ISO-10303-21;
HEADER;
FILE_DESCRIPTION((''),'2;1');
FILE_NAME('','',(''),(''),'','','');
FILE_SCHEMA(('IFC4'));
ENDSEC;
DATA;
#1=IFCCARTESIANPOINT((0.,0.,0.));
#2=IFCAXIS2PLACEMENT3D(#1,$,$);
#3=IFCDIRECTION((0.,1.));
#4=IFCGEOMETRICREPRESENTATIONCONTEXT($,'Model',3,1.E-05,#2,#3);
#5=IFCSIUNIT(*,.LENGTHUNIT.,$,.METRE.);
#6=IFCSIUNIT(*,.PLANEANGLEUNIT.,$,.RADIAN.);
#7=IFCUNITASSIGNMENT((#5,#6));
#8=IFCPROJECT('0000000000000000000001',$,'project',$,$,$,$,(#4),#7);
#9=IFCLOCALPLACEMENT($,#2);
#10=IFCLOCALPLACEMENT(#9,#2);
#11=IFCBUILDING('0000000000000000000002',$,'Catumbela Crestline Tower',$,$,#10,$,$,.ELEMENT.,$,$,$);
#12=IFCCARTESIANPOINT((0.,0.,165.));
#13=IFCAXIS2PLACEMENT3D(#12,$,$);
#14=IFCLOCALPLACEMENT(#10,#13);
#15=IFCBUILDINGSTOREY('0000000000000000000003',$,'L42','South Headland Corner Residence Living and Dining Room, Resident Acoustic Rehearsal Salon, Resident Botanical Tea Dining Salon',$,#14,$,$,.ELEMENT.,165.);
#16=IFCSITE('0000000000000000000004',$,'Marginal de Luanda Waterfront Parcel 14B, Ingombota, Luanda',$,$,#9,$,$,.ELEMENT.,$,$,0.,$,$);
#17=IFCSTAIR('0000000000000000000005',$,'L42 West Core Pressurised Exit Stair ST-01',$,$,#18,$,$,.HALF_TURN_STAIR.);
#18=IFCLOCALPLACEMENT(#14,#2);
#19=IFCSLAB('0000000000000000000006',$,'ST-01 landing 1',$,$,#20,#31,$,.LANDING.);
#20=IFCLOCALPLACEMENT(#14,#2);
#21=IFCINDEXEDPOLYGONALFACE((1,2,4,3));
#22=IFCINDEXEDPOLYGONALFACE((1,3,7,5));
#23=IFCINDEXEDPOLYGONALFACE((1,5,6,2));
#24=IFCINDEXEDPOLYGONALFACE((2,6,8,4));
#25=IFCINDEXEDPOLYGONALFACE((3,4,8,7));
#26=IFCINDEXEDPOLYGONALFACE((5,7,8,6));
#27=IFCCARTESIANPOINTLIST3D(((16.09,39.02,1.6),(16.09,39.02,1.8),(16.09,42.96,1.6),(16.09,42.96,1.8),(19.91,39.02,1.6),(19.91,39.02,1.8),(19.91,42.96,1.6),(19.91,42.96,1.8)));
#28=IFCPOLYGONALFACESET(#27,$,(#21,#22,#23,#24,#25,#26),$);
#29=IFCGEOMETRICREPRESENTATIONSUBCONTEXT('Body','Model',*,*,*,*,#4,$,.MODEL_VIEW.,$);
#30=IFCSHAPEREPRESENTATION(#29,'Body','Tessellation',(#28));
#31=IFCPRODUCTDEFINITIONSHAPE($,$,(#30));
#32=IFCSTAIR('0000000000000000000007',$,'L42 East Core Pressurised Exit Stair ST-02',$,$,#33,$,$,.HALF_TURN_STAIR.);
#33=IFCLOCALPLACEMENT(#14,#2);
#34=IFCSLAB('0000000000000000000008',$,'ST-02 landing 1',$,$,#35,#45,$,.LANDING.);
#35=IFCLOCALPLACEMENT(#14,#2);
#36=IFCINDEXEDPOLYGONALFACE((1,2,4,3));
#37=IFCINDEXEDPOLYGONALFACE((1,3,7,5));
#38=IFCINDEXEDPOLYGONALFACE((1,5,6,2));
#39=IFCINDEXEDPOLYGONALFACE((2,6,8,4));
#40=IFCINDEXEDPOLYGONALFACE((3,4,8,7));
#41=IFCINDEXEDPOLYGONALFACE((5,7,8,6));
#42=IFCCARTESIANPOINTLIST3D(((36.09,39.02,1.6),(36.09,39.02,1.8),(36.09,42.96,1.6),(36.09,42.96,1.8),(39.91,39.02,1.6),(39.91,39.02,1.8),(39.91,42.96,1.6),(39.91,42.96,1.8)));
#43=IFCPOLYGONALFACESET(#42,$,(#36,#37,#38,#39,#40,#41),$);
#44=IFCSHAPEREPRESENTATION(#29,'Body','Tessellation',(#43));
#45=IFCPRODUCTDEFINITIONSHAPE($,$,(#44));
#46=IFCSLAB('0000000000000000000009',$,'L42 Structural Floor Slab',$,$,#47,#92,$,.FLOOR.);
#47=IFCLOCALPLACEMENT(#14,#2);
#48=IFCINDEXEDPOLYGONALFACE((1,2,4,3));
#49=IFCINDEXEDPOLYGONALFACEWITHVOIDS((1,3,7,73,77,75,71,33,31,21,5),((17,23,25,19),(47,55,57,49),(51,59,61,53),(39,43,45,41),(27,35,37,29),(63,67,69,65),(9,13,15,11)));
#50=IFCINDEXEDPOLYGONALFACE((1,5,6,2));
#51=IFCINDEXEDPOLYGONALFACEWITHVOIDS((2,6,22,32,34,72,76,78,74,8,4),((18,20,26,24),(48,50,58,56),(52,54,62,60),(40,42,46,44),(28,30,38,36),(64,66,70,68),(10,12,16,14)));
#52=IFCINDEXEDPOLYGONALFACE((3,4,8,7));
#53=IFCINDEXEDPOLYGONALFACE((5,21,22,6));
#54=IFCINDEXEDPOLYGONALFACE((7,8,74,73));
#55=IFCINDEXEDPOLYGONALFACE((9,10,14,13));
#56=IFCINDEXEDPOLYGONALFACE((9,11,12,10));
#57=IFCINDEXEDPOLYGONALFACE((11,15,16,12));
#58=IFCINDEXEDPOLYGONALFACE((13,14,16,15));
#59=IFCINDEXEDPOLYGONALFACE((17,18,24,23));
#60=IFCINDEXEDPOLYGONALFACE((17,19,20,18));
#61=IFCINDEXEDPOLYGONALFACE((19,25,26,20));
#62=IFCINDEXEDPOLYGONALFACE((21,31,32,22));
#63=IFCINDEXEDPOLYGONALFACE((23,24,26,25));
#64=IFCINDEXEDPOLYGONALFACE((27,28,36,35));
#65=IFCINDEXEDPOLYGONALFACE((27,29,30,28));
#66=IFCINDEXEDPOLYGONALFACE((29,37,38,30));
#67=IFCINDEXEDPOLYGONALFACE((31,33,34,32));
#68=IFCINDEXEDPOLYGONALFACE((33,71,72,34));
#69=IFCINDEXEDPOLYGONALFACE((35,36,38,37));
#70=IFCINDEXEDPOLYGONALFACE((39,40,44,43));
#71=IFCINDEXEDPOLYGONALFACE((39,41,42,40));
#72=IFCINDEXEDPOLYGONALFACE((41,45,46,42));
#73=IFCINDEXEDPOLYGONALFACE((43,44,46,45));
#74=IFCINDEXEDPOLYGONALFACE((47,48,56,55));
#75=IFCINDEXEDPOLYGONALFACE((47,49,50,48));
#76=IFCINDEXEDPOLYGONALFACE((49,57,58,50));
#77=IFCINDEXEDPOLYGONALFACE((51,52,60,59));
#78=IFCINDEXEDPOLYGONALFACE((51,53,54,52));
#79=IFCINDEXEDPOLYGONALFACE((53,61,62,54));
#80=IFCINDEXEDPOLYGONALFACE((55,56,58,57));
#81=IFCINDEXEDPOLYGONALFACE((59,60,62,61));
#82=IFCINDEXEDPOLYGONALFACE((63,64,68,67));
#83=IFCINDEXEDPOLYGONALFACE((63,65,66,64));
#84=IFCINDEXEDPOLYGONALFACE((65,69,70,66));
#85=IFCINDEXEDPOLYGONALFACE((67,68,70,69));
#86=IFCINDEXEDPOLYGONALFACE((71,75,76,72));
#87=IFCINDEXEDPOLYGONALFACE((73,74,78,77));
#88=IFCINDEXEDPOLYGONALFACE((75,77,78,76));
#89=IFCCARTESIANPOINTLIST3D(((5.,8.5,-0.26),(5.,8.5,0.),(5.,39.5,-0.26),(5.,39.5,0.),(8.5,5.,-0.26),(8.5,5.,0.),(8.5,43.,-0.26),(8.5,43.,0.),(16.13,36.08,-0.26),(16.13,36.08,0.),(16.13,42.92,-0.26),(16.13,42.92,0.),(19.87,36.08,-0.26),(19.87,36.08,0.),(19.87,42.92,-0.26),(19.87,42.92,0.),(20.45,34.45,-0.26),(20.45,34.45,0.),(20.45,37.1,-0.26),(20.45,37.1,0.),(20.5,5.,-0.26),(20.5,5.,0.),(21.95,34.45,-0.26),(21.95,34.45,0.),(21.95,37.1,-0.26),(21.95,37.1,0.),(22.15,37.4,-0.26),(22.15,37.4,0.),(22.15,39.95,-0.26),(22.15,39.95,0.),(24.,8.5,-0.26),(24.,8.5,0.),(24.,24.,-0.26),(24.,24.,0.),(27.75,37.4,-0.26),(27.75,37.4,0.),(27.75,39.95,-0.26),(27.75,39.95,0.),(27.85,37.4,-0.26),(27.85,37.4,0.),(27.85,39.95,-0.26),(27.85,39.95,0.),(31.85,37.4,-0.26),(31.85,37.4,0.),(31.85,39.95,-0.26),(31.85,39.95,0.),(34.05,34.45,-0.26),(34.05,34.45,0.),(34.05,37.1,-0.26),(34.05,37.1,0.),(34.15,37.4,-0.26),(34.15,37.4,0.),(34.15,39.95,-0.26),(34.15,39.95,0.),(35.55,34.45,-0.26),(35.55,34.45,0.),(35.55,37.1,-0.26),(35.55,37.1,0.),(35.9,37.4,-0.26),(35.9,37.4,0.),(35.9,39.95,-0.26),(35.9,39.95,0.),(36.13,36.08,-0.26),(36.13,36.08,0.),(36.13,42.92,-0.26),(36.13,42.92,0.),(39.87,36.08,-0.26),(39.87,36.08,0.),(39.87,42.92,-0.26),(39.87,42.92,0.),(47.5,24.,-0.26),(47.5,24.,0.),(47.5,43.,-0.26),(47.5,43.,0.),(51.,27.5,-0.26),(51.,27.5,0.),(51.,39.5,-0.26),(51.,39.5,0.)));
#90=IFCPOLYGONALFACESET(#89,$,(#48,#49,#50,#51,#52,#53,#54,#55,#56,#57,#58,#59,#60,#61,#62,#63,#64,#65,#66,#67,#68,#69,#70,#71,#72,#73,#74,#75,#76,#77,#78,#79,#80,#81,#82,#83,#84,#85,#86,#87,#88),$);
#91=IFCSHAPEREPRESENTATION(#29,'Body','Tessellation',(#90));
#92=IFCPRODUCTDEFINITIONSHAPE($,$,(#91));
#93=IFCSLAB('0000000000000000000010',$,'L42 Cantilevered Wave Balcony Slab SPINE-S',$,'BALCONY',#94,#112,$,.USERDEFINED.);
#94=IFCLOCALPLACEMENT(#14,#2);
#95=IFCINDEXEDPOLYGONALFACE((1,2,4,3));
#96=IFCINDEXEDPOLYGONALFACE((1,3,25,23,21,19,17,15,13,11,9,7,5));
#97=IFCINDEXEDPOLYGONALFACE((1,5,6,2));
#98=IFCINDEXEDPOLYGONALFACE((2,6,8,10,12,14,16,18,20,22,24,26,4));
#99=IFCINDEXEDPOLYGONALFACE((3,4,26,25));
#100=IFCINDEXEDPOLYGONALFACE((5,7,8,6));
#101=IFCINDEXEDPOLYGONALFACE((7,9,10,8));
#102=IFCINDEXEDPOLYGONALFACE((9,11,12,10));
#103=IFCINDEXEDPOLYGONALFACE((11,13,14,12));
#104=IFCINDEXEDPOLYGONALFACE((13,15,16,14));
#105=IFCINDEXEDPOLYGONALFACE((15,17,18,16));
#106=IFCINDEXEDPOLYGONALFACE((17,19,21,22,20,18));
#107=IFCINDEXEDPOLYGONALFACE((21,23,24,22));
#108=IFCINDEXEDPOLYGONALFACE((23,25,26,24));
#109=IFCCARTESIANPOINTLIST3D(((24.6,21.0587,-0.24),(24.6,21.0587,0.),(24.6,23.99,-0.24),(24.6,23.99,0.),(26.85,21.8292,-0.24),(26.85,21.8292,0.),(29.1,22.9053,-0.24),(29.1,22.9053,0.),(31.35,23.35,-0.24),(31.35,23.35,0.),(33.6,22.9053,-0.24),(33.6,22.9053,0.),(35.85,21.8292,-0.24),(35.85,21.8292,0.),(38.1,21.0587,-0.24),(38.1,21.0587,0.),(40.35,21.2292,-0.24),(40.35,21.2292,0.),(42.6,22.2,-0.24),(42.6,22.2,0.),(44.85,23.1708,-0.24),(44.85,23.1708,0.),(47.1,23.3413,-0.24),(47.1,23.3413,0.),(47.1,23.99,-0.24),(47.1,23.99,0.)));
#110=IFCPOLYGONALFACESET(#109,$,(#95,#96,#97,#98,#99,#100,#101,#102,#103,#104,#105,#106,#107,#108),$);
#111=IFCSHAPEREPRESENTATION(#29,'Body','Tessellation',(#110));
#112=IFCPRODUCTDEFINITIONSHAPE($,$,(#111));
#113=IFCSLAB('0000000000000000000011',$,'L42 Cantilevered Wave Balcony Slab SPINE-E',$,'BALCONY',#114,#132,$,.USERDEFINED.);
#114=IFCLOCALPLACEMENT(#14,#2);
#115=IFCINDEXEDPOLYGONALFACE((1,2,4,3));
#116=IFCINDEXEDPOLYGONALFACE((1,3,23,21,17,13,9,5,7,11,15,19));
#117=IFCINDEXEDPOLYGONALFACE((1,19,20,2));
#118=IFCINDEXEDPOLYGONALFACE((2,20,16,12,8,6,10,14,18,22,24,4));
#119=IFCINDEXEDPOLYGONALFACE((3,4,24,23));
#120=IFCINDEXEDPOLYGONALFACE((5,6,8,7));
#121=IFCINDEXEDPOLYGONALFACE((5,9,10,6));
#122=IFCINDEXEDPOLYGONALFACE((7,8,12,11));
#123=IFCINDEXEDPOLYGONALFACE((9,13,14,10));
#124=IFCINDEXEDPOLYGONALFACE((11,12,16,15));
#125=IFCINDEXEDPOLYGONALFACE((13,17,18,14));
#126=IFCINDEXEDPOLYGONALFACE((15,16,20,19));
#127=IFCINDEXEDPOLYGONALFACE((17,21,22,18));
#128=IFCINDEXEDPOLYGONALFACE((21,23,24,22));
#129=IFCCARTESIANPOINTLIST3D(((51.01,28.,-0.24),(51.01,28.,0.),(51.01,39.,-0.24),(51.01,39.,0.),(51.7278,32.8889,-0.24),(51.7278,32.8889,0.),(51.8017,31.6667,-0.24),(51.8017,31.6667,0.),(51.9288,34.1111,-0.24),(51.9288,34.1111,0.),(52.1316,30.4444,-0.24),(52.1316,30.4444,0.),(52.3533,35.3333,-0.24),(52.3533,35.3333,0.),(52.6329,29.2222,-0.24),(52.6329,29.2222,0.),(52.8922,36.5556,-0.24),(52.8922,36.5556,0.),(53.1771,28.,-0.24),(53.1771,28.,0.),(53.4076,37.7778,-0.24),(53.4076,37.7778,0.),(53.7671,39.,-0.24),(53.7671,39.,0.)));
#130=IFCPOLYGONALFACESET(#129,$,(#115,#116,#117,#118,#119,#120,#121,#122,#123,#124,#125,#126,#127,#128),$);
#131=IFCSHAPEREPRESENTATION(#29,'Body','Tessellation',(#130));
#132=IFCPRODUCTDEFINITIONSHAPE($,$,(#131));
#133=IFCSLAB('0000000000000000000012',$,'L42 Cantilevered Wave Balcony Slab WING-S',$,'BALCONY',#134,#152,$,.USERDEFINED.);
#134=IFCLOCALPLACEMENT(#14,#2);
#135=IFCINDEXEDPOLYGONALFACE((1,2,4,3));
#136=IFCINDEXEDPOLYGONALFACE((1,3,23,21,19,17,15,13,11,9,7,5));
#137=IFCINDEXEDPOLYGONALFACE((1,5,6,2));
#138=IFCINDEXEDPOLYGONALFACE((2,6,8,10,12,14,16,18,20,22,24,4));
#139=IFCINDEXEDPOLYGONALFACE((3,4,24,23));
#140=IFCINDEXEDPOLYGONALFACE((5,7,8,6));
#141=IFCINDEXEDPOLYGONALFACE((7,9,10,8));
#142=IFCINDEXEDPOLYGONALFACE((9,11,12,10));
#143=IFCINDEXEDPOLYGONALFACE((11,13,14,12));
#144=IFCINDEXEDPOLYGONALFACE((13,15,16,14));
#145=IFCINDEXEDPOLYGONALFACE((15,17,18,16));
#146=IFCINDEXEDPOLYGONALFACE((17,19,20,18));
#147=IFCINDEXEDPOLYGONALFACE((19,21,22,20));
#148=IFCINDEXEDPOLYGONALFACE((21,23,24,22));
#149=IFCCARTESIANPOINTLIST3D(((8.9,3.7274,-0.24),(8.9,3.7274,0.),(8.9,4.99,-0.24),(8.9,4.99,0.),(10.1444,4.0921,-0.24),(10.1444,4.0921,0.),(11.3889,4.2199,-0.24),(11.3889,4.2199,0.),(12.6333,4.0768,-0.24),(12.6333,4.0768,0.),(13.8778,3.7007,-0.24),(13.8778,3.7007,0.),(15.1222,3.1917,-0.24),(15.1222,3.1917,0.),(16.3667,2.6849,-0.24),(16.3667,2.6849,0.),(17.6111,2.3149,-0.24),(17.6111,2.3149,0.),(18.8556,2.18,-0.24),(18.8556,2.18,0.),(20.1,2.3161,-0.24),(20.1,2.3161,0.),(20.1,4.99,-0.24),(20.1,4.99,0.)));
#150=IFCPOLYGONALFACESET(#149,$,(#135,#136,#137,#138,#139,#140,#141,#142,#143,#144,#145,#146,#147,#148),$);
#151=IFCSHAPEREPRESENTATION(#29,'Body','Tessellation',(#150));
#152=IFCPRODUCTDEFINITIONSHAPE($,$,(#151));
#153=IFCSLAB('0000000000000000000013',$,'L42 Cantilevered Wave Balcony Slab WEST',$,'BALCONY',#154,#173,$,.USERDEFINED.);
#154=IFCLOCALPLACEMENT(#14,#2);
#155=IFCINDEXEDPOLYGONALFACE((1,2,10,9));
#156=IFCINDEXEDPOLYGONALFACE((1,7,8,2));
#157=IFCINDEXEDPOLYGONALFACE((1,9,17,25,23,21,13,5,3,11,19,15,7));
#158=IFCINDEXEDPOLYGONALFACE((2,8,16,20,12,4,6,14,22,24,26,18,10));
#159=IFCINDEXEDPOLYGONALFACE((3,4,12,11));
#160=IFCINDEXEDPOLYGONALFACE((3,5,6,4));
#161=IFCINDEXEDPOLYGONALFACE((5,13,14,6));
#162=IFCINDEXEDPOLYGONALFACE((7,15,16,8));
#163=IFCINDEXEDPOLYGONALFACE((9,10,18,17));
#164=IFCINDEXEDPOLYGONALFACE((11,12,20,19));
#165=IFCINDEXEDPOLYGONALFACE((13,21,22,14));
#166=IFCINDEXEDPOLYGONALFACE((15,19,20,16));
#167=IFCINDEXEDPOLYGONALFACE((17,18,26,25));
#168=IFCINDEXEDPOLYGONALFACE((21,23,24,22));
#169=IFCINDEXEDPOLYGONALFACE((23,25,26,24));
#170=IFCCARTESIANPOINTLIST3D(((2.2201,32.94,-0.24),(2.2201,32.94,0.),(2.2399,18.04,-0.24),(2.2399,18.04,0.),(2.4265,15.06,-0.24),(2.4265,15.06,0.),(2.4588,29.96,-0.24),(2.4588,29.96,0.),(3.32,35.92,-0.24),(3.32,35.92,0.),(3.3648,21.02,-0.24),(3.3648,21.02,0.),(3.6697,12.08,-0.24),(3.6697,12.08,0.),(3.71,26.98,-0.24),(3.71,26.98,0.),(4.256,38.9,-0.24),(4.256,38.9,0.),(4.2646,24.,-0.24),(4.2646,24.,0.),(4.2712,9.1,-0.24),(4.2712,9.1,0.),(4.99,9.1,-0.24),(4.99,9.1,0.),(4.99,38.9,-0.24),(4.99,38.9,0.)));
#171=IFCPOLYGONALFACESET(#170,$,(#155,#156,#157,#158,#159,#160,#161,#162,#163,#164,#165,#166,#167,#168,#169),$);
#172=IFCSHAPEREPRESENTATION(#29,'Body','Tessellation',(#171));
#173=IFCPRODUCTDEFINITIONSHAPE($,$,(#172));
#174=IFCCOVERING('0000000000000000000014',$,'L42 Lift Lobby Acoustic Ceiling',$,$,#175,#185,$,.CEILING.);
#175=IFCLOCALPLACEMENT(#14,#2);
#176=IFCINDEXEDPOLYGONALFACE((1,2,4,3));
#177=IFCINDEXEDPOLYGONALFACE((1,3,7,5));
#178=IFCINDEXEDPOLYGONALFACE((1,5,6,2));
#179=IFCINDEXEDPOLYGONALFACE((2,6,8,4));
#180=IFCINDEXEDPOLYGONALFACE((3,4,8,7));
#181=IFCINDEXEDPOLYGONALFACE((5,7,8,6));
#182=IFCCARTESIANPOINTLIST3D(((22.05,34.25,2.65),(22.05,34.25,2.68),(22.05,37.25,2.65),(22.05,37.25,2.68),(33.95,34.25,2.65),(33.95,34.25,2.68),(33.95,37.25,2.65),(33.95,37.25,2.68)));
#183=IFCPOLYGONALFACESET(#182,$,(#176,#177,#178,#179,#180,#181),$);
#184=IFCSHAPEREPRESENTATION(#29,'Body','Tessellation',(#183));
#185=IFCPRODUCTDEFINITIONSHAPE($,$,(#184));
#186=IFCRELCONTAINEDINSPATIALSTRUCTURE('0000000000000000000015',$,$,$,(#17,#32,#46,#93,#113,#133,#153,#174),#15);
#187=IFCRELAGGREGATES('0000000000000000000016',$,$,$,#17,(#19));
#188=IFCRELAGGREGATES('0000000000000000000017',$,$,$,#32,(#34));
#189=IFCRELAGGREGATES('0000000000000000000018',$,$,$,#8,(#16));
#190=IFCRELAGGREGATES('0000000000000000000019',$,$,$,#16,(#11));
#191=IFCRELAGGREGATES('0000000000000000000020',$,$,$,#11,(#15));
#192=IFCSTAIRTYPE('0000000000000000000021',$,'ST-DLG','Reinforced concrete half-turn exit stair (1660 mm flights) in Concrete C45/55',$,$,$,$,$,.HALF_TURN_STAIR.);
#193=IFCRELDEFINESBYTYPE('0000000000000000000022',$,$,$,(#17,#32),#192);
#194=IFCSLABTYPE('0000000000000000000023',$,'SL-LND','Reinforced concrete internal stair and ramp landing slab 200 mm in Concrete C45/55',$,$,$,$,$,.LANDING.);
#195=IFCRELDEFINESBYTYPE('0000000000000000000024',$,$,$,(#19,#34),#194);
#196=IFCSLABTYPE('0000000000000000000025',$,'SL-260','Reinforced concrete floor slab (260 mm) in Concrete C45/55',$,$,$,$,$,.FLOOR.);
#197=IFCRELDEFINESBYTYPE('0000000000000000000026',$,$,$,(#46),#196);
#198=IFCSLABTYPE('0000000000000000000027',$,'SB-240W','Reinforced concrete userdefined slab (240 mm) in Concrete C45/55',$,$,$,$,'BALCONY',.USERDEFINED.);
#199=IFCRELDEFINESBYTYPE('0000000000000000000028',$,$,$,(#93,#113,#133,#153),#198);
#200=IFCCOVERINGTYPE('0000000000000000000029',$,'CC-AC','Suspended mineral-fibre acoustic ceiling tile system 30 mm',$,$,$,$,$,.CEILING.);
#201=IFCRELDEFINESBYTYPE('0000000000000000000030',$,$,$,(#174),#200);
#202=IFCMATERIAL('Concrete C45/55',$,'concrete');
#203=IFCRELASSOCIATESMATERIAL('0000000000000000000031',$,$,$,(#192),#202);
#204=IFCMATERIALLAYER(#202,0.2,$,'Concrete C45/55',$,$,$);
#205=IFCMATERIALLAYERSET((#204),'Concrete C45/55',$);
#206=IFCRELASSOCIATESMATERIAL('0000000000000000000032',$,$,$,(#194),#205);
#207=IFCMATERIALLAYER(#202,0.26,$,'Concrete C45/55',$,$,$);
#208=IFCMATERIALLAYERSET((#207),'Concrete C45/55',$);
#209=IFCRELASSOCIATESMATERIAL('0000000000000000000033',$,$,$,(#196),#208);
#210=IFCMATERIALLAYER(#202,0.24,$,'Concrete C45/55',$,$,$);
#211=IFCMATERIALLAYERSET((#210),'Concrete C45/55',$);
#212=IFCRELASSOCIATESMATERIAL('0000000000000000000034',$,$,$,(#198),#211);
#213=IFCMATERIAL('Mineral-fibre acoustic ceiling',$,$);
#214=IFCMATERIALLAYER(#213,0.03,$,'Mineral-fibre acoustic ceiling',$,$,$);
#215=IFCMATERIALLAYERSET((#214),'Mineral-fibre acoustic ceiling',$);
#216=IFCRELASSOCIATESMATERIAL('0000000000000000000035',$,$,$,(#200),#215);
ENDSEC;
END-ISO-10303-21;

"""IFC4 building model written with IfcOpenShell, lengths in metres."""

from ifc_helpers import new_model, si_unit, direction, frame, origin, place, context, subcontext, project, spatial, polyline, outline, extrude, material, layer, layer_set, type_object, element, aggregate, save


model = new_model("IFC4")

# Units and contexts
model_context = context("Model", 3, precision=1e-05, world=origin(), true_north=direction((0.0, 1.0)))
body_context = subcontext(model_context, "Body", "Model", "MODEL_VIEW")
ifc_project = project(units=[si_unit("LENGTHUNIT", "METRE"), si_unit("PLANEANGLEUNIT", "RADIAN")], contexts=[model_context])

# Site, building, storey
site_placement = place(None, origin())
site = spatial("IfcSite", under=ifc_project, at=site_placement, Name="Marginal de Luanda Waterfront Parcel 14B, Ingombota, Luanda", CompositionType="ELEMENT", RefElevation=0.0)
building_placement = place(site_placement, origin())
building = spatial("IfcBuilding", under=site, at=building_placement, Name="Catumbela Crestline Tower", CompositionType="ELEMENT")
storey_placement = place(building_placement, frame((0.0, 0.0, 165.0)))
storey = spatial("IfcBuildingStorey", under=building, at=storey_placement, Name="L42", Description="South Headland Corner Residence Living and Dining Room, Resident Acoustic Rehearsal Salon, Resident Botanical Tea Dining Salon", CompositionType="ELEMENT", Elevation=165.0)

# Stairs, slabs
ifc_material_1 = material(Name="Concrete C45/55", Category="concrete")
stair_type = type_object("IfcStairType", Name="ST-DLG", Description="Reinforced concrete half-turn exit stair (1660 mm flights) in Concrete C45/55", PredefinedType="HALF_TURN_STAIR", material=ifc_material_1)
stair_1_placement = place(storey_placement, origin())
stair_1 = element("IfcStair", 1, at=stair_1_placement, inside=storey, type_object=stair_type, Name="L42 West Core Pressurised Exit Stair ST-01", PredefinedType="HALF_TURN_STAIR")
ifc_layer_1 = layer(ifc_material_1, 0.2, Name="Concrete C45/55")
ifc_layer_set_1 = layer_set([ifc_layer_1], Name="Concrete C45/55")
slab_type_1 = type_object("IfcSlabType", Name="SL-LND", Description="Reinforced concrete internal stair and ramp landing slab 200 mm in Concrete C45/55", PredefinedType="LANDING", material=ifc_layer_set_1)
slab_1_placement = place(storey_placement, frame((0.0, 0.0, 1.6)))
slab_1 = element("IfcSlab", 2, at=slab_1_placement, type_object=slab_type_1, Name="ST-01 landing 1", PredefinedType="LANDING", context=body_context, shape_type="SweptSolid", body=[
    extrude(outline(polyline([(19.91, 39.02), (19.91, 42.96), (16.09, 42.96), (16.09, 39.02), (19.91, 39.02)])), origin(), (0.0, 0.0, 1.0), 0.2),
])
aggregate(stair_1, [slab_1])
stair_2_placement = place(storey_placement, origin())
stair_2 = element("IfcStair", 3, at=stair_2_placement, inside=storey, type_object=stair_type, Name="L42 East Core Pressurised Exit Stair ST-02", PredefinedType="HALF_TURN_STAIR")
slab_2_placement = place(storey_placement, frame((0.0, 0.0, 1.6)))
slab_2 = element("IfcSlab", 4, at=slab_2_placement, type_object=slab_type_1, Name="ST-02 landing 1", PredefinedType="LANDING", context=body_context, shape_type="SweptSolid", body=[
    extrude(outline(polyline([(39.91, 39.02), (39.91, 42.96), (36.09, 42.96), (36.09, 39.02), (39.91, 39.02)])), origin(), (0.0, 0.0, 1.0), 0.2),
])
aggregate(stair_2, [slab_2])

# Slabs
ifc_layer_2 = layer(ifc_material_1, 0.26, Name="Concrete C45/55")
ifc_layer_set_2 = layer_set([ifc_layer_2], Name="Concrete C45/55")
slab_type_2 = type_object("IfcSlabType", Name="SL-260", Description="Reinforced concrete floor slab (260 mm) in Concrete C45/55", PredefinedType="FLOOR", material=ifc_layer_set_2)
slab_3_placement = place(storey_placement, frame((0.0, 0.0, -0.26)))
element("IfcSlab", 5, at=slab_3_placement, inside=storey, type_object=slab_type_2, Name="L42 Structural Floor Slab", PredefinedType="FLOOR", context=body_context, shape_type="SweptSolid", body=[
    extrude(outline(polyline([(8.5, 5.0), (20.5, 5.0), (24.0, 8.5), (24.0, 24.0), (47.5, 24.0), (51.0, 27.5), (51.0, 39.5), (47.5, 43.0), (8.5, 43.0), (5.0, 39.5), (5.0, 8.5), (8.5, 5.0)]), holes=[polyline([(16.13, 36.08), (19.87, 36.08), (19.87, 42.92), (16.13, 42.92), (16.13, 36.08)]), polyline([(36.13, 36.08), (39.87, 36.08), (39.87, 42.92), (36.13, 42.92), (36.13, 36.08)]), polyline([(22.15, 37.4), (27.75, 37.4), (27.75, 39.95), (22.15, 39.95), (22.15, 37.4)]), polyline([(27.85, 37.4), (31.85, 37.4), (31.85, 39.95), (27.85, 39.95), (27.85, 37.4)]), polyline([(20.45, 34.45), (21.95, 34.45), (21.95, 37.1), (20.45, 37.1), (20.45, 34.45)]), polyline([(34.05, 34.45), (35.55, 34.45), (35.55, 37.1), (34.05, 37.1), (34.05, 34.45)]), polyline([(34.15, 37.4), (35.9, 37.4), (35.9, 39.95), (34.15, 39.95), (34.15, 37.4)])]), origin(), (0.0, 0.0, 1.0), 0.26),
])
ifc_layer_3 = layer(ifc_material_1, 0.24, Name="Concrete C45/55")
ifc_layer_set_3 = layer_set([ifc_layer_3], Name="Concrete C45/55")
slab_type_3 = type_object("IfcSlabType", Name="SB-240W", Description="Reinforced concrete userdefined slab (240 mm) in Concrete C45/55", ElementType="BALCONY", PredefinedType="USERDEFINED", material=ifc_layer_set_3)
slab_4_placement = place(storey_placement, frame((0.0, 0.0, -0.24)))
element("IfcSlab", 6, at=slab_4_placement, inside=storey, type_object=slab_type_3, Name="L42 Cantilevered Wave Balcony Slab SPINE-S", ObjectType="BALCONY", PredefinedType="USERDEFINED", context=body_context, shape_type="SweptSolid", body=[
    extrude(outline(polyline([(24.6, 21.0587), (26.85, 21.8292), (29.1, 22.9053), (31.35, 23.35), (33.6, 22.9053), (35.85, 21.8292), (38.1, 21.0587), (40.35, 21.2292), (42.6, 22.2), (44.85, 23.1708), (47.1, 23.3413), (47.1, 23.99), (24.6, 23.99), (24.6, 21.0587)])), origin(), (0.0, 0.0, 1.0), 0.24),
])
slab_5_placement = place(storey_placement, frame((0.0, 0.0, -0.24)))
element("IfcSlab", 7, at=slab_5_placement, inside=storey, type_object=slab_type_3, Name="L42 Cantilevered Wave Balcony Slab SPINE-E", ObjectType="BALCONY", PredefinedType="USERDEFINED", context=body_context, shape_type="SweptSolid", body=[
    extrude(outline(polyline([(51.01, 28.0), (53.1771, 28.0), (52.6329, 29.2222), (52.1316, 30.4444), (51.8017, 31.6667), (51.7278, 32.8889), (51.9288, 34.1111), (52.3533, 35.3333), (52.8922, 36.5556), (53.4076, 37.7778), (53.7671, 39.0), (51.01, 39.0), (51.01, 28.0)])), origin(), (0.0, 0.0, 1.0), 0.24),
])
slab_6_placement = place(storey_placement, frame((0.0, 0.0, -0.24)))
element("IfcSlab", 8, at=slab_6_placement, inside=storey, type_object=slab_type_3, Name="L42 Cantilevered Wave Balcony Slab WING-S", ObjectType="BALCONY", PredefinedType="USERDEFINED", context=body_context, shape_type="SweptSolid", body=[
    extrude(outline(polyline([(8.9, 3.7274), (10.1444, 4.0921), (11.3889, 4.2199), (12.6333, 4.0768), (13.8778, 3.7007), (15.1222, 3.1917), (16.3667, 2.6849), (17.6111, 2.3149), (18.8556, 2.18), (20.1, 2.3161), (20.1, 4.99), (8.9, 4.99), (8.9, 3.7274)])), origin(), (0.0, 0.0, 1.0), 0.24),
])
slab_7_placement = place(storey_placement, frame((0.0, 0.0, -0.24)))
element("IfcSlab", 9, at=slab_7_placement, inside=storey, type_object=slab_type_3, Name="L42 Cantilevered Wave Balcony Slab WEST", ObjectType="BALCONY", PredefinedType="USERDEFINED", context=body_context, shape_type="SweptSolid", body=[
    extrude(outline(polyline([(4.99, 38.9), (4.256, 38.9), (3.32, 35.92), (2.2201, 32.94), (2.4588, 29.96), (3.71, 26.98), (4.2646, 24.0), (3.3648, 21.02), (2.2399, 18.04), (2.4265, 15.06), (3.6697, 12.08), (4.2712, 9.1), (4.99, 9.1), (4.99, 38.9)])), origin(), (0.0, 0.0, 1.0), 0.24),
])

# Covering
ifc_material_2 = material(Name="Mineral-fibre acoustic ceiling")
ifc_layer_4 = layer(ifc_material_2, 0.03, Name="Mineral-fibre acoustic ceiling")
ifc_layer_set_4 = layer_set([ifc_layer_4], Name="Mineral-fibre acoustic ceiling")
covering_type_1 = type_object("IfcCoveringType", Name="CC-AC", Description="Suspended mineral-fibre acoustic ceiling tile system 30 mm", PredefinedType="CEILING", material=ifc_layer_set_4)
covering_1_placement = place(storey_placement, frame((0.0, 0.0, 2.65)))
element("IfcCovering", 10, at=covering_1_placement, inside=storey, type_object=covering_type_1, Name="L42 Lift Lobby Acoustic Ceiling", PredefinedType="CEILING", context=body_context, shape_type="SweptSolid", body=[
    extrude(outline(polyline([(22.05, 34.25), (33.95, 34.25), (33.95, 37.25), (22.05, 37.25), (22.05, 34.25)])), origin(), (0.0, 0.0, 1.0), 0.03),
])

save(model, "model.ifc")
